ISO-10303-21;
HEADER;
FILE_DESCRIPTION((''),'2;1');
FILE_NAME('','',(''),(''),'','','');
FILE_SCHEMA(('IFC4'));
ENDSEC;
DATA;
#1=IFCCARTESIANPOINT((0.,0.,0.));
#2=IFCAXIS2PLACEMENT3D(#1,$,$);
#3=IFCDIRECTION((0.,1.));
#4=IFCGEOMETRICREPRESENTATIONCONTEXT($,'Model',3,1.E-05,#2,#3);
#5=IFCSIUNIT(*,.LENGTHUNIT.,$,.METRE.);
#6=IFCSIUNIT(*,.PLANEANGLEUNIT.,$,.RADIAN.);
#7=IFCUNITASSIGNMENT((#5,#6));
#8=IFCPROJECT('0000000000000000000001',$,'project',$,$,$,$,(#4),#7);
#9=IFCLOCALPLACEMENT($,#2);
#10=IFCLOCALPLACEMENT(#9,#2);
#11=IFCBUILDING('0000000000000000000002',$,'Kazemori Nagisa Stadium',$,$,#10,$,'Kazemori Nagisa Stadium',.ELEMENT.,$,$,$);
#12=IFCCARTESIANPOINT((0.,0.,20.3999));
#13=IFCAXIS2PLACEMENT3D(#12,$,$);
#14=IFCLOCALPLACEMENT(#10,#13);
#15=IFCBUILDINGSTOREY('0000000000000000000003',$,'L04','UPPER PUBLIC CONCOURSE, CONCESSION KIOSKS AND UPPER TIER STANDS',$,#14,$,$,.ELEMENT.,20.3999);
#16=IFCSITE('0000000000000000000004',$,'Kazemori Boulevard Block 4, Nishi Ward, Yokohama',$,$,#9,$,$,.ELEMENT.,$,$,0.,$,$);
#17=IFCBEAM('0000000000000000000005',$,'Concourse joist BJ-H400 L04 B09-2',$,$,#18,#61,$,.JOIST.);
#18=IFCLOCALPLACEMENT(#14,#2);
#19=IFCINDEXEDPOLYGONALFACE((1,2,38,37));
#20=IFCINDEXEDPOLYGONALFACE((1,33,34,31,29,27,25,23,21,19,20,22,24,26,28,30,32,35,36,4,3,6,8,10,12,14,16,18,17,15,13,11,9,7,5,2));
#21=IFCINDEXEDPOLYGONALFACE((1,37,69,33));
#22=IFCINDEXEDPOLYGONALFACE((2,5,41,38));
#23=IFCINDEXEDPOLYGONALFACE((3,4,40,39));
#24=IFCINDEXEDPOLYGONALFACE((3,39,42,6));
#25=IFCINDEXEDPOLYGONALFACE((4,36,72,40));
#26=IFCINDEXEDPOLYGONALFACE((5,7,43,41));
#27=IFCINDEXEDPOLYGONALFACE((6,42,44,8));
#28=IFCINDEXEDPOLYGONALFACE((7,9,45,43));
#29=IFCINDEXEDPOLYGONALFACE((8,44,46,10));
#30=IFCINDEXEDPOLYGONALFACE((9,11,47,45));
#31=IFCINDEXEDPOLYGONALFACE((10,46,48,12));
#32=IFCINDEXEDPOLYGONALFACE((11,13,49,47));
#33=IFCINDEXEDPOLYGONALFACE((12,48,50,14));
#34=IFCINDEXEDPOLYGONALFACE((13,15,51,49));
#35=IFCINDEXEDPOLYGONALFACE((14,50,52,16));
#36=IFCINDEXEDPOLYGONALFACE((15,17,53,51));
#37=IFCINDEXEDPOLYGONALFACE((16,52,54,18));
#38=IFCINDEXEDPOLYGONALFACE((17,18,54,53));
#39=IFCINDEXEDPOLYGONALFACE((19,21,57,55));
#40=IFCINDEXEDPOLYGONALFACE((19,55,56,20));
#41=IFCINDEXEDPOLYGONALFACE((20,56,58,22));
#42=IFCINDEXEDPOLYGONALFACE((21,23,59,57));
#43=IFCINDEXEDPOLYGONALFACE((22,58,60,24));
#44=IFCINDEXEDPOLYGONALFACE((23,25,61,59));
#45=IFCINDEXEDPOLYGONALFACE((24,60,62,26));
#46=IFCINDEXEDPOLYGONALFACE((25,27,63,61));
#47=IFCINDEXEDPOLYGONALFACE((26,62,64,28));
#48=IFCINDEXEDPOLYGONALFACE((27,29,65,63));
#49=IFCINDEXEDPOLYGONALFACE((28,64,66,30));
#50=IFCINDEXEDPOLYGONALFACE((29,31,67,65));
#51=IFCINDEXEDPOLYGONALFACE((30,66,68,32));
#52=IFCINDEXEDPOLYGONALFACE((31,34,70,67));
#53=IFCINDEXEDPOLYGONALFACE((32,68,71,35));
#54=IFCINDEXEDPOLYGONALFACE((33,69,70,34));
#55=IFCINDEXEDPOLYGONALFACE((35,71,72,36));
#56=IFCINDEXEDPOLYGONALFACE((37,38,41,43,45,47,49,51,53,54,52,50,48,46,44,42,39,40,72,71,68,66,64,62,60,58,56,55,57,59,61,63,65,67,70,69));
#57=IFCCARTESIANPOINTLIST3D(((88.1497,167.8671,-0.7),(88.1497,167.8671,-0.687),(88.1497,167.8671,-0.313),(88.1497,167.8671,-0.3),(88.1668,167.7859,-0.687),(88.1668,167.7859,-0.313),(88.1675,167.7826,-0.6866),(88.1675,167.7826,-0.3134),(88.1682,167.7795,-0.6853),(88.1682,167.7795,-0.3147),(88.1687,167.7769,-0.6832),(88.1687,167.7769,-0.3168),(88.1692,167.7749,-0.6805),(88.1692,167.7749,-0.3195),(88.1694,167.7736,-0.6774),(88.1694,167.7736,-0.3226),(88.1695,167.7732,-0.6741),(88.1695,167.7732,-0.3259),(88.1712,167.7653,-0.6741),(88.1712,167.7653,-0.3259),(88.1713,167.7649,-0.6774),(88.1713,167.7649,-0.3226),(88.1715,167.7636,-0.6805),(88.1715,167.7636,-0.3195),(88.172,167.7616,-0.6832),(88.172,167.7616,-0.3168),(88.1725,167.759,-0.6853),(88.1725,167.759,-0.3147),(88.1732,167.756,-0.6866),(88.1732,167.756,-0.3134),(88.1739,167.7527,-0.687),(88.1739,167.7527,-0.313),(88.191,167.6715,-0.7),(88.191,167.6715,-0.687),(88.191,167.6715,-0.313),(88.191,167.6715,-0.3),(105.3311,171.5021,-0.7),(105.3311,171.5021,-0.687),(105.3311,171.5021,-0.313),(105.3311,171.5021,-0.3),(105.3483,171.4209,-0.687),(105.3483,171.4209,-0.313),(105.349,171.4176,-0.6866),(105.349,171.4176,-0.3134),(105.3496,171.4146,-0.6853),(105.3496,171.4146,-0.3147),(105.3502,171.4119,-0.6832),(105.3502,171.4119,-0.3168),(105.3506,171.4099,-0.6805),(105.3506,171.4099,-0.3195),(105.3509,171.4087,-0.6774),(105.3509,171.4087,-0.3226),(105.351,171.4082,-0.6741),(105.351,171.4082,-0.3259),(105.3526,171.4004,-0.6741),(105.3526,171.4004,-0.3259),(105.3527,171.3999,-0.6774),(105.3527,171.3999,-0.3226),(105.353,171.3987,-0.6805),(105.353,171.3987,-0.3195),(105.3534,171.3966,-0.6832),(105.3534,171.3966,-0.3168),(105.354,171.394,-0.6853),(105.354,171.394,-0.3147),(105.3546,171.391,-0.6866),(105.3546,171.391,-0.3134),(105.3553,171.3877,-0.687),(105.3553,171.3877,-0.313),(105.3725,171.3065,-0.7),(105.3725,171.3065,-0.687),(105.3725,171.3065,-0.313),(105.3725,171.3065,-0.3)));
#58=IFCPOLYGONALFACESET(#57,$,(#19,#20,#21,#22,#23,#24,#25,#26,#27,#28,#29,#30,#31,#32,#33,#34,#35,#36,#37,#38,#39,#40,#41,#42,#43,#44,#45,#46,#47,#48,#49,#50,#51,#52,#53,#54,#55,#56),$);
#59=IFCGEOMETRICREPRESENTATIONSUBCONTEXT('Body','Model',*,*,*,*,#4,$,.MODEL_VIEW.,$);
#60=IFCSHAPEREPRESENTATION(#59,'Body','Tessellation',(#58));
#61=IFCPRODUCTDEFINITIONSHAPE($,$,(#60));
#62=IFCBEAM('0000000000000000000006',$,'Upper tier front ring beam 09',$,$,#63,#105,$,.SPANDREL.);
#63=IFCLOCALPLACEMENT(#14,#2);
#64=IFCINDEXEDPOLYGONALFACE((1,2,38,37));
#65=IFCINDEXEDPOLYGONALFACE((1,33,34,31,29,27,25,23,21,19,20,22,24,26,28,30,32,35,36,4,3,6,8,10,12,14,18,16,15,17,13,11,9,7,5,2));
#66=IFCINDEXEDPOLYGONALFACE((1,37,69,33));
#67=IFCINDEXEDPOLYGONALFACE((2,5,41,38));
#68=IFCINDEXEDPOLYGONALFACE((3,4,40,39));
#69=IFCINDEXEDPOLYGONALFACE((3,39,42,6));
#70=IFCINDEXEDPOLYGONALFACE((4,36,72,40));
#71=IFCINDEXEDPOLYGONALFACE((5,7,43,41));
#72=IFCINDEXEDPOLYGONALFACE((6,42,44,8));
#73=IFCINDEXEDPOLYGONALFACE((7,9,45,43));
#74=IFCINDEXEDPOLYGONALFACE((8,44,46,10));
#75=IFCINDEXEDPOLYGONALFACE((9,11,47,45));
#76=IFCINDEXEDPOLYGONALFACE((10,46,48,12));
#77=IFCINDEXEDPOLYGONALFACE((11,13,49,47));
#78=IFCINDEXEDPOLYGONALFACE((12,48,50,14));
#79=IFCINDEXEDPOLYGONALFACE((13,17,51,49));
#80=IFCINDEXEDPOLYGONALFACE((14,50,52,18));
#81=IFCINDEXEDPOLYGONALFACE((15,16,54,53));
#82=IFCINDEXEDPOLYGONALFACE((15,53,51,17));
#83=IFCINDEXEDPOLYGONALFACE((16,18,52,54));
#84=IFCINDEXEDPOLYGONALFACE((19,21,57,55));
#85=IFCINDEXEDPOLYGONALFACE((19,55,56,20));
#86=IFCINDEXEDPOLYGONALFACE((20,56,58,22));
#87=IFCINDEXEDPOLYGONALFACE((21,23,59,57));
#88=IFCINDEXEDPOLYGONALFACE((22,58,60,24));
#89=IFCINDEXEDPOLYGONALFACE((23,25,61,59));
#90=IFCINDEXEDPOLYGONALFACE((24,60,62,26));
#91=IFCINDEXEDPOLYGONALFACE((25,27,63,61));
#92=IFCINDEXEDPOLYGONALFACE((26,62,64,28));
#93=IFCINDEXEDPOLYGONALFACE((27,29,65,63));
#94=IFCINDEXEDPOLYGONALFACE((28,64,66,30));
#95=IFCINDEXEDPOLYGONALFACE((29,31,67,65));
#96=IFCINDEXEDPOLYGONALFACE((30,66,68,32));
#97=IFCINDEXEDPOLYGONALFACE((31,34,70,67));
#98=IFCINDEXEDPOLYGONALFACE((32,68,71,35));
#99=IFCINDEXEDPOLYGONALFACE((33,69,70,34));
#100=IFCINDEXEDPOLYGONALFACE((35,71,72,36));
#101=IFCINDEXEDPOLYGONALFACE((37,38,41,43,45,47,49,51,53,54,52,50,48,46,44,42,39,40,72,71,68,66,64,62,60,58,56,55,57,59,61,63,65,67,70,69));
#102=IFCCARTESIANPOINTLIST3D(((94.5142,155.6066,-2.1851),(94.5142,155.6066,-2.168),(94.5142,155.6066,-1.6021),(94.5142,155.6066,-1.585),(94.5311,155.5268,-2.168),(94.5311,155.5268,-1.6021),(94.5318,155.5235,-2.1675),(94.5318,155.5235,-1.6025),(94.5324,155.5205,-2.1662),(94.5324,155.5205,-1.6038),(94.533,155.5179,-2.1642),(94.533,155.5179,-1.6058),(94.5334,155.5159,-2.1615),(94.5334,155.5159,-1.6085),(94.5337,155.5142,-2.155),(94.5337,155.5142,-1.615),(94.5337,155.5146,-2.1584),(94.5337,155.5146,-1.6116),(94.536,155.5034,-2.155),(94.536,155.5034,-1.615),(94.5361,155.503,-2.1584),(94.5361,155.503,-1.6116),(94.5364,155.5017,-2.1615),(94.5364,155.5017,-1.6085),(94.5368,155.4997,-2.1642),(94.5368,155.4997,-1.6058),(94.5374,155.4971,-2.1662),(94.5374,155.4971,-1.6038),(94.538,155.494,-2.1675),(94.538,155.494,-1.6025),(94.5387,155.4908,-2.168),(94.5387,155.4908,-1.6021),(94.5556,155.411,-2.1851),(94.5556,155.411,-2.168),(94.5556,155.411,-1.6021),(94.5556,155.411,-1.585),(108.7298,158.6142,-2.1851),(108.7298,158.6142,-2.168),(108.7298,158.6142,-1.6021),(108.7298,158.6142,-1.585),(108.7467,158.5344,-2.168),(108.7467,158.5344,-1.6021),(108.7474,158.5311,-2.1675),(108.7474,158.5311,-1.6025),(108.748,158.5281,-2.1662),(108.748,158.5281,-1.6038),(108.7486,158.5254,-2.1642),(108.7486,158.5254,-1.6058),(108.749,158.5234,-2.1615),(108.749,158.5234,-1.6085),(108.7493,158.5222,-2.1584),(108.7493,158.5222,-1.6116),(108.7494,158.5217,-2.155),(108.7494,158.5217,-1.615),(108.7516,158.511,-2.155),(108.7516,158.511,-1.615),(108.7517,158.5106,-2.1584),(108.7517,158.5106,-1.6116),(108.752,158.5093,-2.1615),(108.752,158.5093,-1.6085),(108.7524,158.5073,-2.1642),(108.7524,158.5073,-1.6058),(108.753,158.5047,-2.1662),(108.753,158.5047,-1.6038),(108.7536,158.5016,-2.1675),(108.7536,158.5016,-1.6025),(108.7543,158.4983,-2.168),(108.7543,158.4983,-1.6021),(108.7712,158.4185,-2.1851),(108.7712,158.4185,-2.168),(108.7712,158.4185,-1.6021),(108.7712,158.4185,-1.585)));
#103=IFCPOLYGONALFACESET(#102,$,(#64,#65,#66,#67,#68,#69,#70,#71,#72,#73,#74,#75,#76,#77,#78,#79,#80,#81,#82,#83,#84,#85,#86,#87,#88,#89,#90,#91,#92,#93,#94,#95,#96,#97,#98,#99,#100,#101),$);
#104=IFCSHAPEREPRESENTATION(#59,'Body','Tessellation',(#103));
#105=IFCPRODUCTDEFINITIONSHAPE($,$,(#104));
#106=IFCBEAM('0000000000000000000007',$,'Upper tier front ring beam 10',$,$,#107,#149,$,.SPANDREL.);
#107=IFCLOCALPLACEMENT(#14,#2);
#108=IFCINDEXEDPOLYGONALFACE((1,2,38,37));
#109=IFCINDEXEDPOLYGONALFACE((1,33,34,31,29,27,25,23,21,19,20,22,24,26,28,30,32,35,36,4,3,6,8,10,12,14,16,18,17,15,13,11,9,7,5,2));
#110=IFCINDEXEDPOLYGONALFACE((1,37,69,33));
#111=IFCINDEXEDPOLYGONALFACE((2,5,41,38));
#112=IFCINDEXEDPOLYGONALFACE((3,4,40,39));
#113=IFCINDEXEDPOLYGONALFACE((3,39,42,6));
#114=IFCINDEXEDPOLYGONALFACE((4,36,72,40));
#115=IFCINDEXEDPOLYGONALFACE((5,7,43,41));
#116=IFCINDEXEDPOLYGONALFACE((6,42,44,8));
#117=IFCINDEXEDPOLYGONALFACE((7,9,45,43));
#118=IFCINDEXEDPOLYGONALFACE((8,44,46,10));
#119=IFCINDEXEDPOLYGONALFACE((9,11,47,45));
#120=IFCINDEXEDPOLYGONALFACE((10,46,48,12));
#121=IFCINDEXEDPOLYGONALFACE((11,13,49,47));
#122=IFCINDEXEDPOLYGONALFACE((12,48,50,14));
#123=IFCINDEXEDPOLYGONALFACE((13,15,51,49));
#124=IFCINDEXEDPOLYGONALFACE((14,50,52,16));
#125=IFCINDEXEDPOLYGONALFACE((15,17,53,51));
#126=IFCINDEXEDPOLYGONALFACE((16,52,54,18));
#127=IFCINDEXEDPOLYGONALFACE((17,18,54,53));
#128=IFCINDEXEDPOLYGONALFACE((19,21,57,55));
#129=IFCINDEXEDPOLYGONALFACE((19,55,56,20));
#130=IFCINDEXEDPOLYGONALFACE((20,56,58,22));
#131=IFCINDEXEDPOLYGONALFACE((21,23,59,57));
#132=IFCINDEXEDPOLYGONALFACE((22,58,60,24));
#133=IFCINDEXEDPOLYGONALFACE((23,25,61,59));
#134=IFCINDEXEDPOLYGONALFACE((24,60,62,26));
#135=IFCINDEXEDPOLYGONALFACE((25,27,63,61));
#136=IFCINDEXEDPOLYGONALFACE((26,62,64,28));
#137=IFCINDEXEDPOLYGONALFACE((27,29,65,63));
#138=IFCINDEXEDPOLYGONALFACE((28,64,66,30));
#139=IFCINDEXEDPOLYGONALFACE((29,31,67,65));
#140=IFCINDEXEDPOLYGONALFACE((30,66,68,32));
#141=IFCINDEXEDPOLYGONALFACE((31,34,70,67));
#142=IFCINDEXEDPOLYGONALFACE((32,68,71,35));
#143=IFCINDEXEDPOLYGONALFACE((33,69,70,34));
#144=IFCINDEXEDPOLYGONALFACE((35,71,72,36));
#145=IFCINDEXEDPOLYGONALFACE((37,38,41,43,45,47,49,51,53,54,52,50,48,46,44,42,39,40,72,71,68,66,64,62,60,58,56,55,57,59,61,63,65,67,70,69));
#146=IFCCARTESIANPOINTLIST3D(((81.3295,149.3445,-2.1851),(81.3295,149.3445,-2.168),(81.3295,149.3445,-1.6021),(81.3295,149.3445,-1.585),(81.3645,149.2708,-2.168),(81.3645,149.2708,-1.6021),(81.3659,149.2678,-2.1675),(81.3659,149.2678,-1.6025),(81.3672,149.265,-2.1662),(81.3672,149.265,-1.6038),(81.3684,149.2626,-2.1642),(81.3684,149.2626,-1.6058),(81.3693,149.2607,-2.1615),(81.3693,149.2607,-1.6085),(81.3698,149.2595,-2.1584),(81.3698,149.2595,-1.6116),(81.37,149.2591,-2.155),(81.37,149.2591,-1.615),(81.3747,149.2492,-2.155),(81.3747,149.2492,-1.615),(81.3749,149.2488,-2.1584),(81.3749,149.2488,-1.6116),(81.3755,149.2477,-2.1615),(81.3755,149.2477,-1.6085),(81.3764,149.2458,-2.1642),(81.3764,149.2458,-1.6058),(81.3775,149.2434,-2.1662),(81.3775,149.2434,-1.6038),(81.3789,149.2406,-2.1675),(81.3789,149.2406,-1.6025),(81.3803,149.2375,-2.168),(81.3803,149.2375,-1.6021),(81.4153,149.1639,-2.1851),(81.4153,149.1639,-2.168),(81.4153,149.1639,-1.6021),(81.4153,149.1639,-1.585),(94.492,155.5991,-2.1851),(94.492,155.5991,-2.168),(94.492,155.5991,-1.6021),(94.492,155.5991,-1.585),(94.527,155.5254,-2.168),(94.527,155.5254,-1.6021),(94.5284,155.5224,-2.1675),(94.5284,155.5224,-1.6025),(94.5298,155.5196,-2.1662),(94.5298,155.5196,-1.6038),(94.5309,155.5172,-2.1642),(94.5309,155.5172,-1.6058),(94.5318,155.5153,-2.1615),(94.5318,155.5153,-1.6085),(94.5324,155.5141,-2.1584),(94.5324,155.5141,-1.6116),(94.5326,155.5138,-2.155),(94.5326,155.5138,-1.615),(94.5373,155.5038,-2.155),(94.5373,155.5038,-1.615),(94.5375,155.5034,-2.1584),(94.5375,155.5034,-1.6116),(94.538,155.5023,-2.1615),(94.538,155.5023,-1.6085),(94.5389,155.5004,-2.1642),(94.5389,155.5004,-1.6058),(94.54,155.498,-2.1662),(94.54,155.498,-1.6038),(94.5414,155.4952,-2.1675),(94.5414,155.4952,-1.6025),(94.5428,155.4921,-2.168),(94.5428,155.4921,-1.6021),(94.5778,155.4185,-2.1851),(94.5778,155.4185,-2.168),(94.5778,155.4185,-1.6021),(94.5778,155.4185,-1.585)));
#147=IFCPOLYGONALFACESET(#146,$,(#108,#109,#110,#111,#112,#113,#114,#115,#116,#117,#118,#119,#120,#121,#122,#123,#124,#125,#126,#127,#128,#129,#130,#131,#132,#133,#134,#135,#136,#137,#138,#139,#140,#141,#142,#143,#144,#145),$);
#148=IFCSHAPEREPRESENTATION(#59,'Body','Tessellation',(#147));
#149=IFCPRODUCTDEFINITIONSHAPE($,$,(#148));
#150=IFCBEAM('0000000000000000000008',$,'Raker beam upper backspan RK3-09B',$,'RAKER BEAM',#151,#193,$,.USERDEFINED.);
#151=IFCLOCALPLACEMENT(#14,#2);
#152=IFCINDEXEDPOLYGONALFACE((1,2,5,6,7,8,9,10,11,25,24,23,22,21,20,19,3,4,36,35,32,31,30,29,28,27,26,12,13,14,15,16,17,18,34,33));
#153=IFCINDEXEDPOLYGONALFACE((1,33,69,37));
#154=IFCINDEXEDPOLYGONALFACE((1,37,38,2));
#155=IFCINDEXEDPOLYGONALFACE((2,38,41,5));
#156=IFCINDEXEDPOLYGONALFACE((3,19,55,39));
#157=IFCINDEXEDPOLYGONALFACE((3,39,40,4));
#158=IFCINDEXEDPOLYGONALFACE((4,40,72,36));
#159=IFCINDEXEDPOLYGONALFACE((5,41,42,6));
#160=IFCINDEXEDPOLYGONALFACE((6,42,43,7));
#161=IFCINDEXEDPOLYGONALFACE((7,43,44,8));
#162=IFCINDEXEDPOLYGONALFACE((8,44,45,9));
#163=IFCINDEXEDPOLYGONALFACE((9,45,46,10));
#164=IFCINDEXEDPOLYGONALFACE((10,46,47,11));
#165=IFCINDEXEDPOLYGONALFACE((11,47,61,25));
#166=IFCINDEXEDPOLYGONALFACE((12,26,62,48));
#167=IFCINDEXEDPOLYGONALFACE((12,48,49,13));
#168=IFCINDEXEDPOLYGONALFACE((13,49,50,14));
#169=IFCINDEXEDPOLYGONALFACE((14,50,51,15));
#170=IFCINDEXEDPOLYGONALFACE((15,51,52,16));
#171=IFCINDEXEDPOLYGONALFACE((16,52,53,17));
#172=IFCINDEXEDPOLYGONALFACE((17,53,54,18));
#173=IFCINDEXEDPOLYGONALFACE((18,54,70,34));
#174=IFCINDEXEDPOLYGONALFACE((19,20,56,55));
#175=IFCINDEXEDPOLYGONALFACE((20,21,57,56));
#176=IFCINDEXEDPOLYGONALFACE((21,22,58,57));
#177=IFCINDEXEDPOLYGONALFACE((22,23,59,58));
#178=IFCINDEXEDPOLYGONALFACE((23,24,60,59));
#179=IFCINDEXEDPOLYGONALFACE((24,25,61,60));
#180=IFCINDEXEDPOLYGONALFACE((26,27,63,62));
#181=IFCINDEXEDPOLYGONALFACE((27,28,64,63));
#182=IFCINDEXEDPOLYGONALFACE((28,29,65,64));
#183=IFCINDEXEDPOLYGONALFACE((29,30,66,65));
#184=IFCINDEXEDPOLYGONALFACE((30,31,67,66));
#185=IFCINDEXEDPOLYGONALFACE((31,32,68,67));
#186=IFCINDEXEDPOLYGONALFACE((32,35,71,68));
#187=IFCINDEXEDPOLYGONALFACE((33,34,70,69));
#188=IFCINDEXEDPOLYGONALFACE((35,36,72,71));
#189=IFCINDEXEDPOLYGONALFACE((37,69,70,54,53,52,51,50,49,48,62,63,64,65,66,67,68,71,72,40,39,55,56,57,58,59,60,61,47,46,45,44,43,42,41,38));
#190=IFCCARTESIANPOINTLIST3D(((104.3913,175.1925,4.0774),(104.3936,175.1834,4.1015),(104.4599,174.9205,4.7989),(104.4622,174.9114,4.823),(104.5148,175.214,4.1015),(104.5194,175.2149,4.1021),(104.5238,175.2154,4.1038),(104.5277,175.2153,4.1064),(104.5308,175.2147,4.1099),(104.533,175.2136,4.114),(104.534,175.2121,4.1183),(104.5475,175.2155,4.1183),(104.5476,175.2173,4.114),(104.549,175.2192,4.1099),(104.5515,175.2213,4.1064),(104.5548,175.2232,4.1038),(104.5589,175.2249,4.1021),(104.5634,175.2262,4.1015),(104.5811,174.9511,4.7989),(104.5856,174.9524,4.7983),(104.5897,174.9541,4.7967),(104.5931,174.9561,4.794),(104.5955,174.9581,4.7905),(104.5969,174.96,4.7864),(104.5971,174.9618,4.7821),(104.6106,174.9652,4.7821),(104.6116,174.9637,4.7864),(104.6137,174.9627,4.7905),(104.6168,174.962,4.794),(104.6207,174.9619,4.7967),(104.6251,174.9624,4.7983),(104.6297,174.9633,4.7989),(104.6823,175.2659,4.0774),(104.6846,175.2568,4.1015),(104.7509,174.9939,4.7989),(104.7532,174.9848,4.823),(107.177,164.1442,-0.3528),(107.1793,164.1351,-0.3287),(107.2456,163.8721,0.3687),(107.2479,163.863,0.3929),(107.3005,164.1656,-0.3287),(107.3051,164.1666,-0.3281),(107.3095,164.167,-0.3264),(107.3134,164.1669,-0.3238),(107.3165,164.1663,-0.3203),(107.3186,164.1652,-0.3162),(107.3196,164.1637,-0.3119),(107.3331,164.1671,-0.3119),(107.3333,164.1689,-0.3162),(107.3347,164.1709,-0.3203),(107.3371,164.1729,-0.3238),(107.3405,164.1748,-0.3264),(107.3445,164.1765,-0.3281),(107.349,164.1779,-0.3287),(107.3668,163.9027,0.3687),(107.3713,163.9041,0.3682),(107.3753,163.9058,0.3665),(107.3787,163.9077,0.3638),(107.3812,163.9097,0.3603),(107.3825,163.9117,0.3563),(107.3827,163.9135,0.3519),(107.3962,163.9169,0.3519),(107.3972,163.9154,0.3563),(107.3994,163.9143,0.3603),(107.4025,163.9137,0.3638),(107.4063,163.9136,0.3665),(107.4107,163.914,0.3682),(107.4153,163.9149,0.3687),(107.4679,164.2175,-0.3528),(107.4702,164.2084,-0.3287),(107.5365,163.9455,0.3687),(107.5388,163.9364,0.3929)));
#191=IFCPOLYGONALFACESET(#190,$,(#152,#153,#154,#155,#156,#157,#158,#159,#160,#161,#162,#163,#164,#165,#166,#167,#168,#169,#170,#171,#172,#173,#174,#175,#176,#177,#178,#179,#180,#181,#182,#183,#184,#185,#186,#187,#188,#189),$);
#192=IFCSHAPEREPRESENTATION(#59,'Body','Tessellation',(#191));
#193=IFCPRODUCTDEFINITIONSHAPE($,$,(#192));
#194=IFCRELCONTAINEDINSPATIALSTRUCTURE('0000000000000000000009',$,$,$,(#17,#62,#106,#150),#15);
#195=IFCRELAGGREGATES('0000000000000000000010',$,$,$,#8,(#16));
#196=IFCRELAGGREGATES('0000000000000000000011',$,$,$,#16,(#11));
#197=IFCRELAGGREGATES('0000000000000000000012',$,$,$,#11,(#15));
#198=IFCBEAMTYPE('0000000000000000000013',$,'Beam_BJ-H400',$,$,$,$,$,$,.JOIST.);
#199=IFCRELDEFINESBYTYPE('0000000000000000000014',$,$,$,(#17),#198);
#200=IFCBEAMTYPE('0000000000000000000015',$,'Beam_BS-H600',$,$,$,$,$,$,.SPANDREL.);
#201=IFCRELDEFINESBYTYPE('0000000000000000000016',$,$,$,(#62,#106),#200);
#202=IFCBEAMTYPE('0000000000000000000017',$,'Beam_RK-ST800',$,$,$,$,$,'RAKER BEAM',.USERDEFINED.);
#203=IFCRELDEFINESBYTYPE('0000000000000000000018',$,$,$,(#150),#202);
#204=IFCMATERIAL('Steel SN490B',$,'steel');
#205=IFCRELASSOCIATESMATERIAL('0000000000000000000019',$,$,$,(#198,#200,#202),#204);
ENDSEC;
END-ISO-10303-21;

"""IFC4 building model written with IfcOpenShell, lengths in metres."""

from ifc_helpers import new_model, si_unit, direction, frame, origin, origin_2d, place, context, subcontext, project, spatial, i_section, extrude, material, material_profile, profile_set, type_object, element, save


model = new_model("IFC4")

# Units and contexts
model_context = context("Model", 3, precision=1e-05, world=origin(), true_north=direction((0.0, 1.0)))
body_context = subcontext(model_context, "Body", "Model", "MODEL_VIEW")
ifc_project = project(units=[si_unit("LENGTHUNIT", "METRE"), si_unit("PLANEANGLEUNIT", "RADIAN")], contexts=[model_context])

# Site, building, storey
site_placement = place(None, origin())
site = spatial("IfcSite", under=ifc_project, at=site_placement, Name="Kazemori Boulevard Block 4, Nishi Ward, Yokohama", CompositionType="ELEMENT", RefElevation=0.0)
building_placement = place(site_placement, origin())
building = spatial("IfcBuilding", under=site, at=building_placement, Name="Kazemori Nagisa Stadium", LongName="Kazemori Nagisa Stadium", CompositionType="ELEMENT")
storey_placement = place(building_placement, frame((0.0, 0.0, 20.3999)))
storey = spatial("IfcBuildingStorey", under=building, at=storey_placement, Name="L04", Description="UPPER PUBLIC CONCOURSE, CONCESSION KIOSKS AND UPPER TIER STANDS", CompositionType="ELEMENT", Elevation=20.3999)

# Beams
ifc_material_1 = material(Name="Steel SN490B", Category="steel")
ifc_material_profile_1 = material_profile(ifc_material_1, i_section(OverallWidth=0.2, OverallDepth=0.3999, WebThickness=0.0081, FlangeThickness=0.0129, FilletRadius=0.0129, at=origin_2d()), Name="H-400x200x8x13")
ifc_profile_set_1 = profile_set([ifc_material_profile_1], Name="Steel SN490B")
beam_type_1 = type_object("IfcBeamType", Name="Beam_BJ-H400", PredefinedType="JOIST", material=ifc_profile_set_1)
beam_1_placement = place(storey_placement, frame((105.3518, 171.4043, -0.5), z_axis=(-0.978344, -0.206985, 0.0), x_axis=(0.206985, -0.978344, 0.0)))
element("IfcBeam", 1, at=beam_1_placement, inside=storey, type_object=beam_type_1, Name="Concourse joist BJ-H400 L04 B09-2", PredefinedType="JOIST", context=body_context, shape_type="SweptSolid", body=[
    extrude(i_section(OverallWidth=0.2, OverallDepth=0.3999, WebThickness=0.0081, FlangeThickness=0.0129, FilletRadius=0.0129, at=origin_2d()), origin(), (0.0, 0.0, 1.0), 17.5618),
])
ifc_material_profile_2 = material_profile(ifc_material_1, i_section(OverallWidth=0.2, OverallDepth=0.6001, WebThickness=0.011, FlangeThickness=0.0171, FilletRadius=0.0129, at=origin_2d()), Name="H-600x200x11x17")
ifc_profile_set_2 = profile_set([ifc_material_profile_2], Name="Steel SN490B")
beam_type_2 = type_object("IfcBeamType", Name="Beam_BS-H600", PredefinedType="SPANDREL", material=ifc_profile_set_2)
beam_2_placement = place(storey_placement, frame((108.7505, 158.5164, -1.885), z_axis=(-0.978344, -0.206987, 0.0), x_axis=(0.206987, -0.978344, 0.0)))
element("IfcBeam", 2, at=beam_2_placement, inside=storey, type_object=beam_type_2, Name="Upper tier front ring beam 09", PredefinedType="SPANDREL", context=body_context, shape_type="SweptSolid", body=[
    extrude(i_section(OverallWidth=0.2, OverallDepth=0.6001, WebThickness=0.011, FlangeThickness=0.0171, FilletRadius=0.0129, at=origin_2d()), origin(), (0.0, 0.0, 1.0), 14.5303),
])
beam_3_placement = place(storey_placement, frame((94.5349, 155.5088, -1.885), z_axis=(-0.903214, -0.429191, 0.0), x_axis=(0.429191, -0.903214, 0.0)))
element("IfcBeam", 3, at=beam_3_placement, inside=storey, type_object=beam_type_2, Name="Upper tier front ring beam 10", PredefinedType="SPANDREL", context=body_context, shape_type="SweptSolid", body=[
    extrude(i_section(OverallWidth=0.2, OverallDepth=0.6001, WebThickness=0.011, FlangeThickness=0.0171, FilletRadius=0.0129, at=origin_2d()), origin(), (0.0, 0.0, 1.0), 14.573),
])
ifc_material_profile_3 = material_profile(ifc_material_1, i_section(OverallWidth=0.3, OverallDepth=0.8, WebThickness=0.0139, FlangeThickness=0.0259, FilletRadius=0.0181, at=origin_2d()), Name="H-800x300x14x26")
ifc_profile_set_3 = profile_set([ifc_material_profile_3], Name="Steel SN490B")
beam_type_3 = type_object("IfcBeamType", Name="Beam_RK-ST800", ElementType="RAKER BEAM", PredefinedType="USERDEFINED", material=ifc_profile_set_3)
beam_4_placement = place(storey_placement, frame((107.3579, 164.0403, 0.02), z_axis=(-0.227863, 0.903745, 0.362385), x_axis=(-0.969654, -0.244481, 0.0)))
element("IfcBeam", 4, at=beam_4_placement, inside=storey, type_object=beam_type_3, Name="Raker beam upper backspan RK3-09B", ObjectType="RAKER BEAM", PredefinedType="USERDEFINED", context=body_context, shape_type="SweptSolid", body=[
    extrude(i_section(OverallWidth=0.3, OverallDepth=0.8, WebThickness=0.0139, FlangeThickness=0.0259, FilletRadius=0.0181, at=origin_2d()), origin(), (0.0, 0.0, 1.0), 12.2251),
])

save(model, "model.ifc")
